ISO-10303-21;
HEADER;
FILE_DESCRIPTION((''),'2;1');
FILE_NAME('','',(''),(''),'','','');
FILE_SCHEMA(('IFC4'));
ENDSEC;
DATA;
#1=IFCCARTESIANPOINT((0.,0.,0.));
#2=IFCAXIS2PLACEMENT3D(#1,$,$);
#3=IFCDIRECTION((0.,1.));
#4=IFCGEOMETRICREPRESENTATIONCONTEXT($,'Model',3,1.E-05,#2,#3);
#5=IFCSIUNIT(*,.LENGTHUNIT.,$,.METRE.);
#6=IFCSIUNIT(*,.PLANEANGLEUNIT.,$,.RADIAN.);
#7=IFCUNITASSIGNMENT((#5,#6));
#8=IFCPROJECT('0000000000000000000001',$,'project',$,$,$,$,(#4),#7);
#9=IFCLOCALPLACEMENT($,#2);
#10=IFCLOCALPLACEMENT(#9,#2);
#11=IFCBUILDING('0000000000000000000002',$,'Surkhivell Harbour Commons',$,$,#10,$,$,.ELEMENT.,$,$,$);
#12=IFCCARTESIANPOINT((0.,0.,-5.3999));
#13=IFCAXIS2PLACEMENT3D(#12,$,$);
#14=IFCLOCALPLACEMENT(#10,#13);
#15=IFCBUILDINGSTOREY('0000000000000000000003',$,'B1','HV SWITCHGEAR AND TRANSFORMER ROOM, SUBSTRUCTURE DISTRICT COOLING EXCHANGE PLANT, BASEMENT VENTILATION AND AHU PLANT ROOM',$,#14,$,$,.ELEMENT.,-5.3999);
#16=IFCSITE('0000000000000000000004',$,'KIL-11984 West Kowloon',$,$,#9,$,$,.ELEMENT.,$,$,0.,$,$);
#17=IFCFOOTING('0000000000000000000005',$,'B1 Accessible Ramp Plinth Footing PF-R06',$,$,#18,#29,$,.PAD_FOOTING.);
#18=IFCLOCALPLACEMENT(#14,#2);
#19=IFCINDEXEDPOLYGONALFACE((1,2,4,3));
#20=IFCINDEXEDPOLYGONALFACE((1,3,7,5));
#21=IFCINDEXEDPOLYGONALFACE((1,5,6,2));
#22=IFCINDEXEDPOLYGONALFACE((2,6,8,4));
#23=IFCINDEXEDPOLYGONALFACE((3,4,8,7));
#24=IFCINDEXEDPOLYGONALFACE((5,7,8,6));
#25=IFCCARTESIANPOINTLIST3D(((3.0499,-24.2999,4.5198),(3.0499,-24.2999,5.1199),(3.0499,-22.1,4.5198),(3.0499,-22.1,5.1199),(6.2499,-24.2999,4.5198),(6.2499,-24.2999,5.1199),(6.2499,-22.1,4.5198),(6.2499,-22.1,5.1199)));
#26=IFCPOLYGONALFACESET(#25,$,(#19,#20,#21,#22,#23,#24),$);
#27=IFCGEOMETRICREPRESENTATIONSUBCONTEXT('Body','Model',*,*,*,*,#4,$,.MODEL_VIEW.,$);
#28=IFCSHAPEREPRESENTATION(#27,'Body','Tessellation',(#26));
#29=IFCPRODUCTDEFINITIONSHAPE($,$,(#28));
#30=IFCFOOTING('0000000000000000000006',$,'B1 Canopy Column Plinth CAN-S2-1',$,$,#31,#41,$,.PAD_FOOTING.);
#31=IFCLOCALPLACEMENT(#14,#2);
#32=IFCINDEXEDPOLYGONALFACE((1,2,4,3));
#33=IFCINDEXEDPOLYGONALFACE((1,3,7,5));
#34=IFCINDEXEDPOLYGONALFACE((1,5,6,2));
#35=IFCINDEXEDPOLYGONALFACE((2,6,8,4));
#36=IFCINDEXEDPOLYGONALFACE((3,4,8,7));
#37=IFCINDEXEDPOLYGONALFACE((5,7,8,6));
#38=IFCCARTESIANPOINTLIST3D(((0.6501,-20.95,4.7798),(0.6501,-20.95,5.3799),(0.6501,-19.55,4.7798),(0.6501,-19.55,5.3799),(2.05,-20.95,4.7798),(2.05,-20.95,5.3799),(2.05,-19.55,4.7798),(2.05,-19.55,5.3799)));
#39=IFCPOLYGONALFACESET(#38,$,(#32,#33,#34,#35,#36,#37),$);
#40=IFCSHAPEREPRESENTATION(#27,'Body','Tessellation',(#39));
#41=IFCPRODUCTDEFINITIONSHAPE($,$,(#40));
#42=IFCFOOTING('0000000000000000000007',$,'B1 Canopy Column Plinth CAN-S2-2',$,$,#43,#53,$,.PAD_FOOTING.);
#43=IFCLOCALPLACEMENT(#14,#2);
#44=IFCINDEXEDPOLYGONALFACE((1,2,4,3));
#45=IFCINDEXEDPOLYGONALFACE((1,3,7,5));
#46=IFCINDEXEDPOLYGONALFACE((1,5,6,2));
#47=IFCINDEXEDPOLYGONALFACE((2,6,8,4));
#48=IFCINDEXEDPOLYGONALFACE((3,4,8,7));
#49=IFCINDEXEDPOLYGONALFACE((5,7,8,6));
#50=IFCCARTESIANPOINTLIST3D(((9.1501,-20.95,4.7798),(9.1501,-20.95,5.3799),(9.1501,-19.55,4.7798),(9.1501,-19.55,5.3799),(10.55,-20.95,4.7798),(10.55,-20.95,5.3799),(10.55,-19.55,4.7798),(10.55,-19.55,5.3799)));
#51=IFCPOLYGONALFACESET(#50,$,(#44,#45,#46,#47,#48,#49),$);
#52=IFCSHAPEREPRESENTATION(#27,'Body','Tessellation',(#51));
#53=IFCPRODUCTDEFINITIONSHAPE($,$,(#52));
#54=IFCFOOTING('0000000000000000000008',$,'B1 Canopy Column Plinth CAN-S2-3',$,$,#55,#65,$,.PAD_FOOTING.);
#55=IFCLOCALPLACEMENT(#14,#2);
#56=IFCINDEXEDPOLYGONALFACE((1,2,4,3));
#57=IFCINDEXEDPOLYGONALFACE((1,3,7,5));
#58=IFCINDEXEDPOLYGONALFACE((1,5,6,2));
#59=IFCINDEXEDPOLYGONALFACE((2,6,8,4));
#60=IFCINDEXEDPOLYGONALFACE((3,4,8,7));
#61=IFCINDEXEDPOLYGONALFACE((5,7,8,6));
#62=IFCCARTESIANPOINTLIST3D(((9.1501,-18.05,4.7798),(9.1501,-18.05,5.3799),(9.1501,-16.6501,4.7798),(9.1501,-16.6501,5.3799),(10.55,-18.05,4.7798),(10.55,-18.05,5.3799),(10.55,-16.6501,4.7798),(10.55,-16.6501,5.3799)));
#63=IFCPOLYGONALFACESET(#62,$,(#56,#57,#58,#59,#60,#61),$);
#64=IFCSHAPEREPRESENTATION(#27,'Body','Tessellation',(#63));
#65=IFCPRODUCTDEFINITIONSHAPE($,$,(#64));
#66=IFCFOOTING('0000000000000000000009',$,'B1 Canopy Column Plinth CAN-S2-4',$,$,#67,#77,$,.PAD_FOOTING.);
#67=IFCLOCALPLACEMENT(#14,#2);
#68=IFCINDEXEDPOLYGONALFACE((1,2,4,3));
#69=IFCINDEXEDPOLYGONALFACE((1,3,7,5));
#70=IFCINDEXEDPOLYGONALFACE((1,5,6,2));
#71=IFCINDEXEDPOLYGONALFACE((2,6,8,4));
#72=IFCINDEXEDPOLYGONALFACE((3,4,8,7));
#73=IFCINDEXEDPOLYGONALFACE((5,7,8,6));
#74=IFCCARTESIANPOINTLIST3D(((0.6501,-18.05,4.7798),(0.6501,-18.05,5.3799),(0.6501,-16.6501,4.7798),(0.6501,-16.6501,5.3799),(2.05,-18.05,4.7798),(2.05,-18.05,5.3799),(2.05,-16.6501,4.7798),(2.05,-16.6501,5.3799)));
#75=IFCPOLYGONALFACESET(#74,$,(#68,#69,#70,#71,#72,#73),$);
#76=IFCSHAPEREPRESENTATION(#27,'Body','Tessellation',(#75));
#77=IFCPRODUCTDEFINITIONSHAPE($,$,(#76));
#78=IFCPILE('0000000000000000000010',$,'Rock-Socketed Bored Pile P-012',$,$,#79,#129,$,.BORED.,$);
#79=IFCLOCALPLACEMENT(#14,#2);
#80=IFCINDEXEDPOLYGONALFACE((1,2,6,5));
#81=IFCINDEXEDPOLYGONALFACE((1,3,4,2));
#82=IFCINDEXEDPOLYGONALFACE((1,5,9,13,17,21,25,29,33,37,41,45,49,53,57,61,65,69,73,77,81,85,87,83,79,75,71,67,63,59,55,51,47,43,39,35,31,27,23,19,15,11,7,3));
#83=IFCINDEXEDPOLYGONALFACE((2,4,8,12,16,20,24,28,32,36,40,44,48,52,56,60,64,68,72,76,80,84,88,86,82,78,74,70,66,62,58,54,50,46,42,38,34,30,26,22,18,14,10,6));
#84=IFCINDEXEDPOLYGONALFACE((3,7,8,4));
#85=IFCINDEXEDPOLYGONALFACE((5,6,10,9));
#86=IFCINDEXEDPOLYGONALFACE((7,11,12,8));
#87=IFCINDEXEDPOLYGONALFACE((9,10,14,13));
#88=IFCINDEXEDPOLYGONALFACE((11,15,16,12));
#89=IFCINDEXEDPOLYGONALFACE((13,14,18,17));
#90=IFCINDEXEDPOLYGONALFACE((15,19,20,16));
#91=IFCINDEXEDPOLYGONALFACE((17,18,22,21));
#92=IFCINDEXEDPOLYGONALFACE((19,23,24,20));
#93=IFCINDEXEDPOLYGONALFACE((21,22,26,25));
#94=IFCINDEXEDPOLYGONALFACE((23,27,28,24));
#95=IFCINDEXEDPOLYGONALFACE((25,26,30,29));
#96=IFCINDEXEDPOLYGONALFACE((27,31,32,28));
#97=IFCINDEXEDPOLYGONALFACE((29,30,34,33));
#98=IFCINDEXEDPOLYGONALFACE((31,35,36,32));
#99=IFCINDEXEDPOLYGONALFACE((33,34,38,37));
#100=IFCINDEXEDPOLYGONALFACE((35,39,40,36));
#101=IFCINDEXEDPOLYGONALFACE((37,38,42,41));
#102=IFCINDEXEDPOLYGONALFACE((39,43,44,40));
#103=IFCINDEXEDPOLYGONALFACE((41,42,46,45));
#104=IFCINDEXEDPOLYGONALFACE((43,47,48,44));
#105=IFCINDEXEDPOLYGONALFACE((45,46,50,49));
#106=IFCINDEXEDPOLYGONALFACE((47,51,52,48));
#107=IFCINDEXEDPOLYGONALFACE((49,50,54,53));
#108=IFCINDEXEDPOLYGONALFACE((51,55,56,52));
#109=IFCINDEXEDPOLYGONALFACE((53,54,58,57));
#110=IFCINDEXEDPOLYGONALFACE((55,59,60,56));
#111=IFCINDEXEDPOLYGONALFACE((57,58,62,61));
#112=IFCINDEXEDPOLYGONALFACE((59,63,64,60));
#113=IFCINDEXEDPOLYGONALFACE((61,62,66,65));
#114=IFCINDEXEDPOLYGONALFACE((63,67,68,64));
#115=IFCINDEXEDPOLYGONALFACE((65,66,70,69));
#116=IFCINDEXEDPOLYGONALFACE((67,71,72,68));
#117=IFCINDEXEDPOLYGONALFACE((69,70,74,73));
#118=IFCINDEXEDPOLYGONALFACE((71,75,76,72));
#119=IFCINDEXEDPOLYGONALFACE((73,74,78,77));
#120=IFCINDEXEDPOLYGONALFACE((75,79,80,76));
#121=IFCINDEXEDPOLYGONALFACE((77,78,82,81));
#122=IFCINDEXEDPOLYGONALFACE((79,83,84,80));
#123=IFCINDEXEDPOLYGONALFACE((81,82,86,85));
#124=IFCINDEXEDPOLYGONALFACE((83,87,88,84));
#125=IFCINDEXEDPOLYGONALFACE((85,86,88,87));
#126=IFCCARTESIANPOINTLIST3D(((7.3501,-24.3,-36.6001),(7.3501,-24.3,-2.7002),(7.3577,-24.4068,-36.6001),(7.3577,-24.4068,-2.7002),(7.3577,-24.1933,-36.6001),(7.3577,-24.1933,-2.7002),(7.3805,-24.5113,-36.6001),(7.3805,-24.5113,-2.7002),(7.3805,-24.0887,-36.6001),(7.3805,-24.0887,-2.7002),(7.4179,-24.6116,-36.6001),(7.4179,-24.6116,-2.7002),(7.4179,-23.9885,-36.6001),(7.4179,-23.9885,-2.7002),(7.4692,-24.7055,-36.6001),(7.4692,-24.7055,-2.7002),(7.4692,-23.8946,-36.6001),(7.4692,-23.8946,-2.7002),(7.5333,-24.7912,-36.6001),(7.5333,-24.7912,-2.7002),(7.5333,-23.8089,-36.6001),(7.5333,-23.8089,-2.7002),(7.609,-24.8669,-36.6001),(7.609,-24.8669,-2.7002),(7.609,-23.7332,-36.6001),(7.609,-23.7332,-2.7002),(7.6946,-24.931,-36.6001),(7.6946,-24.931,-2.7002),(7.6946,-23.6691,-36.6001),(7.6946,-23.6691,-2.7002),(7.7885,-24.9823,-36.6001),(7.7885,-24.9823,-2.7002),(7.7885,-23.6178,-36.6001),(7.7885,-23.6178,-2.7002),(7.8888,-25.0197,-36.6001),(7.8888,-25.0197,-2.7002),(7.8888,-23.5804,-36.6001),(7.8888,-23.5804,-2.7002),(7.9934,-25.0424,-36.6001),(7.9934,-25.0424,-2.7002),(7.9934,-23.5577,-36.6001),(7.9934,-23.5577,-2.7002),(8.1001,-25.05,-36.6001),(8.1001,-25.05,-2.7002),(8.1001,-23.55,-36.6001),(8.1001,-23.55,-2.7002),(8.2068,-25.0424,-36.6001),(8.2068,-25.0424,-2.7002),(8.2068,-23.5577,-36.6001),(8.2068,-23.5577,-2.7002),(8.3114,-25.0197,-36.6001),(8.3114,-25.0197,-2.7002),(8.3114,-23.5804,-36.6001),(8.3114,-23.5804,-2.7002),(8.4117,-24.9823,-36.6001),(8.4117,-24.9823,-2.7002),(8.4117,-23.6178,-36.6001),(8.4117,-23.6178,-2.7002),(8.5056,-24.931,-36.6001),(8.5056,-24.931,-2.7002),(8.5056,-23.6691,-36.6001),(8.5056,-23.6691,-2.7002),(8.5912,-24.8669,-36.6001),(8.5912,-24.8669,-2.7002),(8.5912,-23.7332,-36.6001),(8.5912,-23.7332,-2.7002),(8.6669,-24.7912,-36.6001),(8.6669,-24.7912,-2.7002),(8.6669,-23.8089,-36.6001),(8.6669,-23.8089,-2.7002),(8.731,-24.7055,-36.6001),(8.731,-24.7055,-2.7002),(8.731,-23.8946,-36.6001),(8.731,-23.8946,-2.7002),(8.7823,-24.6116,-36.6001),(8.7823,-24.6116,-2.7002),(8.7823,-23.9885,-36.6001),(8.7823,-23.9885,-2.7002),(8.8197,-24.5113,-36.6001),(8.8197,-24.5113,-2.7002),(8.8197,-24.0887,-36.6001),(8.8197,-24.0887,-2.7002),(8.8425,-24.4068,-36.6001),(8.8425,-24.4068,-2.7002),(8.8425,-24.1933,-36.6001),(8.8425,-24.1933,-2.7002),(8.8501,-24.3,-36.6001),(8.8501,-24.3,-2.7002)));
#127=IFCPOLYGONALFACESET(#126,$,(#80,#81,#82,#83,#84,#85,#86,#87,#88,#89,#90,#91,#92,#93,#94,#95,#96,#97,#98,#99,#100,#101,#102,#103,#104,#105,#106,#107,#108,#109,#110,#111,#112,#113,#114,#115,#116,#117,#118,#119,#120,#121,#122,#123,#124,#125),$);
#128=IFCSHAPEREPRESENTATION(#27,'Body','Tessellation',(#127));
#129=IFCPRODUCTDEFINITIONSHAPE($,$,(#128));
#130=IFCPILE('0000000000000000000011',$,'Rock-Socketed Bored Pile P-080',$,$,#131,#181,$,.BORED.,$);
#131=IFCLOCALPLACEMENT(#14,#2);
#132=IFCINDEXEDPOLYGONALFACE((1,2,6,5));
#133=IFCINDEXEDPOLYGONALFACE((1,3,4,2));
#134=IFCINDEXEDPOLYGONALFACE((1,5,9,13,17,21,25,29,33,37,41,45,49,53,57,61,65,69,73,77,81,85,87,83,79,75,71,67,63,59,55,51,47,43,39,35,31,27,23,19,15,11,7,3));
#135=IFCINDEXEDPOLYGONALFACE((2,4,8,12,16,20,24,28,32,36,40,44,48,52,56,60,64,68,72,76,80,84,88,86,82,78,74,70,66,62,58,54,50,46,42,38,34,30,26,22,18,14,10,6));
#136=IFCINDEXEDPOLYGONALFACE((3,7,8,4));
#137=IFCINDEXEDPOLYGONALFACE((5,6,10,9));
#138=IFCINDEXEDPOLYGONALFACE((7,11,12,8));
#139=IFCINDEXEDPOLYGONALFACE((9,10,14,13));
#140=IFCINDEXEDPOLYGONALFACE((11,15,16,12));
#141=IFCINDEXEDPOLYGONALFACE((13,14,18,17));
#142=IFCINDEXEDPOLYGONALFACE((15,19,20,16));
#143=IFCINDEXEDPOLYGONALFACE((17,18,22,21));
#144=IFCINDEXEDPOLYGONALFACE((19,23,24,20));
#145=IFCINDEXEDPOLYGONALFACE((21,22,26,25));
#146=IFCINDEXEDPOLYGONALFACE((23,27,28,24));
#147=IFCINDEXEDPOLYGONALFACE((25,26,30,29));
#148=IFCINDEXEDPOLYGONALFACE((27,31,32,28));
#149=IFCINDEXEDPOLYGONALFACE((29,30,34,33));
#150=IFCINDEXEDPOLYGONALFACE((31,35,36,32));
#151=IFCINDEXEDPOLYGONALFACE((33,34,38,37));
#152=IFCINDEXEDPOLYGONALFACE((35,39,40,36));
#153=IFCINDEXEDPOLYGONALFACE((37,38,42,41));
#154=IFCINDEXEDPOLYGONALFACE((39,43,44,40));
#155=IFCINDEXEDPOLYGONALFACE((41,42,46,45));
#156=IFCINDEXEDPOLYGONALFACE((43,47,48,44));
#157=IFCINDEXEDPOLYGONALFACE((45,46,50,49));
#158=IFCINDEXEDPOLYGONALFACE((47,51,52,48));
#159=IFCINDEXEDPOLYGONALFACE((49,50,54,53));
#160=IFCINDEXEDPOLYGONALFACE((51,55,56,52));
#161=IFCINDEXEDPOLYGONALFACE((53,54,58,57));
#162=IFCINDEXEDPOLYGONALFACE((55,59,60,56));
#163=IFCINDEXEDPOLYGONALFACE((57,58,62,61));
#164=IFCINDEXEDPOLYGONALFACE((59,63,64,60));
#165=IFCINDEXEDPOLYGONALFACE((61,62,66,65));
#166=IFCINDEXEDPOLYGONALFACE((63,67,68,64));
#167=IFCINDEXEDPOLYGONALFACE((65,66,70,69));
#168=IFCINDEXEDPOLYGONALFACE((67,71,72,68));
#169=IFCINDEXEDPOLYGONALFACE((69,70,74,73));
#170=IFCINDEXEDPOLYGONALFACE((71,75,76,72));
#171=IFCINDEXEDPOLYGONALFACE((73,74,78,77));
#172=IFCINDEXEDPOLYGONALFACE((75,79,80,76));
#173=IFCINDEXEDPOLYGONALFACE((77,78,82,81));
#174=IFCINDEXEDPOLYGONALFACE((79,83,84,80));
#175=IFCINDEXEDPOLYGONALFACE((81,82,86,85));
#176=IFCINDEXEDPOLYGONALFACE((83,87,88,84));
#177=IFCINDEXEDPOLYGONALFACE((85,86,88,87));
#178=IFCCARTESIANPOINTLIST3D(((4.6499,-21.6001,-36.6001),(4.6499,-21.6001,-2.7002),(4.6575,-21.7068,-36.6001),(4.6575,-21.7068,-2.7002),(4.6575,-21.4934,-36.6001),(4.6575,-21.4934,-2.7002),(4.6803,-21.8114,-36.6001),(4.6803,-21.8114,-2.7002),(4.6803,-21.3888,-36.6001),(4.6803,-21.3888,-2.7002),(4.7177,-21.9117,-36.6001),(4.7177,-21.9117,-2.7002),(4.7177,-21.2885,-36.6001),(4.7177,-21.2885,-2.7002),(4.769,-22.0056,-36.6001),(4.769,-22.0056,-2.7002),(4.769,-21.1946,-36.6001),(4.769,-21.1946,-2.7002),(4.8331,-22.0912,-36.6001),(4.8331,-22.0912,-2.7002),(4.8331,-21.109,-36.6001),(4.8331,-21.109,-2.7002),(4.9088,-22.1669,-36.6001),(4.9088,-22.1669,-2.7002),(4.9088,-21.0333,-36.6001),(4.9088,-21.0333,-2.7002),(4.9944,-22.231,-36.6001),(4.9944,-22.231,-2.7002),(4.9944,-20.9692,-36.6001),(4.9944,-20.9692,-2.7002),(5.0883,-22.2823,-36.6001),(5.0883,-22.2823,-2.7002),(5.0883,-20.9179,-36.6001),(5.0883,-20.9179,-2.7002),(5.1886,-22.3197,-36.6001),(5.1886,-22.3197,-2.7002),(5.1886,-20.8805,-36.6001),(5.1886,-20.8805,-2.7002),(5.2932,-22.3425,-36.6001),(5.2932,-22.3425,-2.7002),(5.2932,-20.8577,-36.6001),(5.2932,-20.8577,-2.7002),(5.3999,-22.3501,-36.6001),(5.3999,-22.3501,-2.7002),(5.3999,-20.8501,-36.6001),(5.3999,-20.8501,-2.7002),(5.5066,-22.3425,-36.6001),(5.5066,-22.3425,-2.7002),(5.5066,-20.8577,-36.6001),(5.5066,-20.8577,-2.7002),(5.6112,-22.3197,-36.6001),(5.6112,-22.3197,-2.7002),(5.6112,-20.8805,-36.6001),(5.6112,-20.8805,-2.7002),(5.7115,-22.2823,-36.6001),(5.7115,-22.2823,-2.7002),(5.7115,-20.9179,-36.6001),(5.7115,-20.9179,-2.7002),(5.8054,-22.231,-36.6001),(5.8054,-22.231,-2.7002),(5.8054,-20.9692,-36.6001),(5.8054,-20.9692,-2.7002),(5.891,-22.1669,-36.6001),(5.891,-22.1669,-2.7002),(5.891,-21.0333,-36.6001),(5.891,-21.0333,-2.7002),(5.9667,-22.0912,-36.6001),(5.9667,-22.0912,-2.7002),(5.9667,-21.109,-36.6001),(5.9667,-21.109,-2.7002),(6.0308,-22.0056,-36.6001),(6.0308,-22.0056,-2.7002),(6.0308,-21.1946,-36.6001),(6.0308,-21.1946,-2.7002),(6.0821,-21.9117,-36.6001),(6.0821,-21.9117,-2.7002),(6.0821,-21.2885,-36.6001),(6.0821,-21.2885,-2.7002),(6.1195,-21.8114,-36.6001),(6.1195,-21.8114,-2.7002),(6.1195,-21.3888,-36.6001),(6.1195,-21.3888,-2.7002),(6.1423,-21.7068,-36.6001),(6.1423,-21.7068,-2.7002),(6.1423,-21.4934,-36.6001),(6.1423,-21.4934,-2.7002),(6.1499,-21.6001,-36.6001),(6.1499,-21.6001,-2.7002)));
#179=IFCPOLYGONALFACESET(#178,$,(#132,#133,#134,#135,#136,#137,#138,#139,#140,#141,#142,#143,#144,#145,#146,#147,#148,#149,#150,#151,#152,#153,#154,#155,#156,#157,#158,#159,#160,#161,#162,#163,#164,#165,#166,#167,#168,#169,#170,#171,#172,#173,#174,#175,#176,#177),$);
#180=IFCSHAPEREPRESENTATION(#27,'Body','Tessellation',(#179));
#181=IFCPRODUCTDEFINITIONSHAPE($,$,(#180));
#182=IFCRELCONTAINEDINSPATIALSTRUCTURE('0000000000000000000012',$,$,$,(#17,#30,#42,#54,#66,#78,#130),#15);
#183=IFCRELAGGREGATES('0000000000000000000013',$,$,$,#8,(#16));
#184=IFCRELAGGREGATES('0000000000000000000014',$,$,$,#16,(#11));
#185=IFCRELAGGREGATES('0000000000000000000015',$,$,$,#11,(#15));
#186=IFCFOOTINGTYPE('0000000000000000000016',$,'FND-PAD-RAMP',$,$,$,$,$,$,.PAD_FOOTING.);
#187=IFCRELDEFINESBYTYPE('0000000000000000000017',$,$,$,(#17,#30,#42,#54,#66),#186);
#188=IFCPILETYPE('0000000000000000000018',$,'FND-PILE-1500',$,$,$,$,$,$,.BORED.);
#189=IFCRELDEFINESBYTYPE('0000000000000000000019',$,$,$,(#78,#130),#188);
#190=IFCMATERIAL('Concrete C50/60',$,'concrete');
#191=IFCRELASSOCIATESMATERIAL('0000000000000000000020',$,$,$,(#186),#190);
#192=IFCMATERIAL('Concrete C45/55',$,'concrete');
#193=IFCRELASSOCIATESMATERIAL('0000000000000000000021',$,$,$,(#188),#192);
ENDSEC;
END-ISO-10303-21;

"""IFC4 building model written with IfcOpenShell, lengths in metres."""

from ifc_helpers import new_model, si_unit, direction, frame, origin, origin_2d, place, context, subcontext, project, spatial, rectangle, circle, extrude, material, material_profile, profile_set, type_object, element, save


model = new_model("IFC4")

# Units and contexts
model_context = context("Model", 3, precision=1e-05, world=origin(), true_north=direction((0.0, 1.0)))
body_context = subcontext(model_context, "Body", "Model", "MODEL_VIEW")
ifc_project = project(units=[si_unit("LENGTHUNIT", "METRE"), si_unit("PLANEANGLEUNIT", "RADIAN")], contexts=[model_context])

# Site, building, storey
site_placement = place(None, origin())
site = spatial("IfcSite", under=ifc_project, at=site_placement, Name="KIL-11984 West Kowloon", CompositionType="ELEMENT", RefElevation=0.0)
building_placement = place(site_placement, origin())
building = spatial("IfcBuilding", under=site, at=building_placement, Name="Surkhivell Harbour Commons", CompositionType="ELEMENT")
storey_placement = place(building_placement, frame((0.0, 0.0, -5.3999)))
storey = spatial("IfcBuildingStorey", under=building, at=storey_placement, Name="B1", Description="HV SWITCHGEAR AND TRANSFORMER ROOM, SUBSTRUCTURE DISTRICT COOLING EXCHANGE PLANT, BASEMENT VENTILATION AND AHU PLANT ROOM", CompositionType="ELEMENT", Elevation=-5.3999)

# Footings
ifc_material_1 = material(Name="Concrete C50/60", Category="concrete")
footing_type = type_object("IfcFootingType", Name="FND-PAD-RAMP", PredefinedType="PAD_FOOTING", material=ifc_material_1)
footing_placement = place(storey_placement, frame((4.6499, -23.2, 4.5198), z_axis=(0.0, 0.0, 1.0), x_axis=(1.0, 0.0, 0.0)))
element("IfcFooting", 1, at=footing_placement, inside=storey, type_object=footing_type, Name="B1 Accessible Ramp Plinth Footing PF-R06", PredefinedType="PAD_FOOTING", context=body_context, shape_type="SweptSolid", body=[
    extrude(rectangle(XDim=3.2, YDim=2.2, at=origin_2d()), origin(), (0.0, 0.0, 1.0), 0.6001),
])
for number, where, z_axis, x_axis, name in (
    (2, (1.3501, -20.25, 4.7798), (0.0, 0.0, 1.0), (1.0, 0.0, 0.0), "B1 Canopy Column Plinth CAN-S2-1"),
    (3, (9.8501, -20.25, 4.7798), (0.0, 0.0, 1.0), (1.0, 0.0, 0.0), "B1 Canopy Column Plinth CAN-S2-2"),
    (4, (9.8501, -17.3501, 4.7798), (0.0, 0.0, 1.0), (1.0, 0.0, 0.0), "B1 Canopy Column Plinth CAN-S2-3"),
    (5, (1.3501, -17.3501, 4.7798), (0.0, 0.0, 1.0), (1.0, 0.0, 0.0), "B1 Canopy Column Plinth CAN-S2-4"),
):
    element("IfcFooting", number, at=place(storey_placement, frame(where, z_axis=z_axis, x_axis=x_axis)), inside=storey, type_object=footing_type, Name=name, PredefinedType="PAD_FOOTING", context=body_context, shape_type="SweptSolid", body=[
        extrude(rectangle(XDim=1.3999, YDim=1.3999, at=origin_2d()), origin(), (0.0, 0.0, 1.0), 0.6001),
    ])

# Piles
ifc_material_2 = material(Name="Concrete C45/55", Category="concrete")
ifc_material_profile_1 = material_profile(ifc_material_2, circle(Radius=0.75, at=origin_2d()), Name="PILE-1500")
ifc_profile_set_1 = profile_set([ifc_material_profile_1], Name="Concrete C45/55")
pile_type_1 = type_object("IfcPileType", Name="FND-PILE-1500", PredefinedType="BORED", material=ifc_profile_set_1)
for number, where, z_axis, x_axis, name in (
    (6, (8.1001, -24.3, -2.7002), (0.0, 0.0, -1.0), (1.0, 0.0, 0.0), "Rock-Socketed Bored Pile P-012"),
    (7, (5.3999, -21.6001, -2.7002), (0.0, 0.0, -1.0), (1.0, 0.0, 0.0), "Rock-Socketed Bored Pile P-080"),
):
    element("IfcPile", number, at=place(storey_placement, frame(where, z_axis=z_axis, x_axis=x_axis)), inside=storey, type_object=pile_type_1, Name=name, PredefinedType="BORED", context=body_context, shape_type="SweptSolid", body=[
        extrude(circle(Radius=0.75, at=origin_2d()), origin(), (0.0, 0.0, 1.0), 33.8999),
    ])

save(model, "model.ifc")
